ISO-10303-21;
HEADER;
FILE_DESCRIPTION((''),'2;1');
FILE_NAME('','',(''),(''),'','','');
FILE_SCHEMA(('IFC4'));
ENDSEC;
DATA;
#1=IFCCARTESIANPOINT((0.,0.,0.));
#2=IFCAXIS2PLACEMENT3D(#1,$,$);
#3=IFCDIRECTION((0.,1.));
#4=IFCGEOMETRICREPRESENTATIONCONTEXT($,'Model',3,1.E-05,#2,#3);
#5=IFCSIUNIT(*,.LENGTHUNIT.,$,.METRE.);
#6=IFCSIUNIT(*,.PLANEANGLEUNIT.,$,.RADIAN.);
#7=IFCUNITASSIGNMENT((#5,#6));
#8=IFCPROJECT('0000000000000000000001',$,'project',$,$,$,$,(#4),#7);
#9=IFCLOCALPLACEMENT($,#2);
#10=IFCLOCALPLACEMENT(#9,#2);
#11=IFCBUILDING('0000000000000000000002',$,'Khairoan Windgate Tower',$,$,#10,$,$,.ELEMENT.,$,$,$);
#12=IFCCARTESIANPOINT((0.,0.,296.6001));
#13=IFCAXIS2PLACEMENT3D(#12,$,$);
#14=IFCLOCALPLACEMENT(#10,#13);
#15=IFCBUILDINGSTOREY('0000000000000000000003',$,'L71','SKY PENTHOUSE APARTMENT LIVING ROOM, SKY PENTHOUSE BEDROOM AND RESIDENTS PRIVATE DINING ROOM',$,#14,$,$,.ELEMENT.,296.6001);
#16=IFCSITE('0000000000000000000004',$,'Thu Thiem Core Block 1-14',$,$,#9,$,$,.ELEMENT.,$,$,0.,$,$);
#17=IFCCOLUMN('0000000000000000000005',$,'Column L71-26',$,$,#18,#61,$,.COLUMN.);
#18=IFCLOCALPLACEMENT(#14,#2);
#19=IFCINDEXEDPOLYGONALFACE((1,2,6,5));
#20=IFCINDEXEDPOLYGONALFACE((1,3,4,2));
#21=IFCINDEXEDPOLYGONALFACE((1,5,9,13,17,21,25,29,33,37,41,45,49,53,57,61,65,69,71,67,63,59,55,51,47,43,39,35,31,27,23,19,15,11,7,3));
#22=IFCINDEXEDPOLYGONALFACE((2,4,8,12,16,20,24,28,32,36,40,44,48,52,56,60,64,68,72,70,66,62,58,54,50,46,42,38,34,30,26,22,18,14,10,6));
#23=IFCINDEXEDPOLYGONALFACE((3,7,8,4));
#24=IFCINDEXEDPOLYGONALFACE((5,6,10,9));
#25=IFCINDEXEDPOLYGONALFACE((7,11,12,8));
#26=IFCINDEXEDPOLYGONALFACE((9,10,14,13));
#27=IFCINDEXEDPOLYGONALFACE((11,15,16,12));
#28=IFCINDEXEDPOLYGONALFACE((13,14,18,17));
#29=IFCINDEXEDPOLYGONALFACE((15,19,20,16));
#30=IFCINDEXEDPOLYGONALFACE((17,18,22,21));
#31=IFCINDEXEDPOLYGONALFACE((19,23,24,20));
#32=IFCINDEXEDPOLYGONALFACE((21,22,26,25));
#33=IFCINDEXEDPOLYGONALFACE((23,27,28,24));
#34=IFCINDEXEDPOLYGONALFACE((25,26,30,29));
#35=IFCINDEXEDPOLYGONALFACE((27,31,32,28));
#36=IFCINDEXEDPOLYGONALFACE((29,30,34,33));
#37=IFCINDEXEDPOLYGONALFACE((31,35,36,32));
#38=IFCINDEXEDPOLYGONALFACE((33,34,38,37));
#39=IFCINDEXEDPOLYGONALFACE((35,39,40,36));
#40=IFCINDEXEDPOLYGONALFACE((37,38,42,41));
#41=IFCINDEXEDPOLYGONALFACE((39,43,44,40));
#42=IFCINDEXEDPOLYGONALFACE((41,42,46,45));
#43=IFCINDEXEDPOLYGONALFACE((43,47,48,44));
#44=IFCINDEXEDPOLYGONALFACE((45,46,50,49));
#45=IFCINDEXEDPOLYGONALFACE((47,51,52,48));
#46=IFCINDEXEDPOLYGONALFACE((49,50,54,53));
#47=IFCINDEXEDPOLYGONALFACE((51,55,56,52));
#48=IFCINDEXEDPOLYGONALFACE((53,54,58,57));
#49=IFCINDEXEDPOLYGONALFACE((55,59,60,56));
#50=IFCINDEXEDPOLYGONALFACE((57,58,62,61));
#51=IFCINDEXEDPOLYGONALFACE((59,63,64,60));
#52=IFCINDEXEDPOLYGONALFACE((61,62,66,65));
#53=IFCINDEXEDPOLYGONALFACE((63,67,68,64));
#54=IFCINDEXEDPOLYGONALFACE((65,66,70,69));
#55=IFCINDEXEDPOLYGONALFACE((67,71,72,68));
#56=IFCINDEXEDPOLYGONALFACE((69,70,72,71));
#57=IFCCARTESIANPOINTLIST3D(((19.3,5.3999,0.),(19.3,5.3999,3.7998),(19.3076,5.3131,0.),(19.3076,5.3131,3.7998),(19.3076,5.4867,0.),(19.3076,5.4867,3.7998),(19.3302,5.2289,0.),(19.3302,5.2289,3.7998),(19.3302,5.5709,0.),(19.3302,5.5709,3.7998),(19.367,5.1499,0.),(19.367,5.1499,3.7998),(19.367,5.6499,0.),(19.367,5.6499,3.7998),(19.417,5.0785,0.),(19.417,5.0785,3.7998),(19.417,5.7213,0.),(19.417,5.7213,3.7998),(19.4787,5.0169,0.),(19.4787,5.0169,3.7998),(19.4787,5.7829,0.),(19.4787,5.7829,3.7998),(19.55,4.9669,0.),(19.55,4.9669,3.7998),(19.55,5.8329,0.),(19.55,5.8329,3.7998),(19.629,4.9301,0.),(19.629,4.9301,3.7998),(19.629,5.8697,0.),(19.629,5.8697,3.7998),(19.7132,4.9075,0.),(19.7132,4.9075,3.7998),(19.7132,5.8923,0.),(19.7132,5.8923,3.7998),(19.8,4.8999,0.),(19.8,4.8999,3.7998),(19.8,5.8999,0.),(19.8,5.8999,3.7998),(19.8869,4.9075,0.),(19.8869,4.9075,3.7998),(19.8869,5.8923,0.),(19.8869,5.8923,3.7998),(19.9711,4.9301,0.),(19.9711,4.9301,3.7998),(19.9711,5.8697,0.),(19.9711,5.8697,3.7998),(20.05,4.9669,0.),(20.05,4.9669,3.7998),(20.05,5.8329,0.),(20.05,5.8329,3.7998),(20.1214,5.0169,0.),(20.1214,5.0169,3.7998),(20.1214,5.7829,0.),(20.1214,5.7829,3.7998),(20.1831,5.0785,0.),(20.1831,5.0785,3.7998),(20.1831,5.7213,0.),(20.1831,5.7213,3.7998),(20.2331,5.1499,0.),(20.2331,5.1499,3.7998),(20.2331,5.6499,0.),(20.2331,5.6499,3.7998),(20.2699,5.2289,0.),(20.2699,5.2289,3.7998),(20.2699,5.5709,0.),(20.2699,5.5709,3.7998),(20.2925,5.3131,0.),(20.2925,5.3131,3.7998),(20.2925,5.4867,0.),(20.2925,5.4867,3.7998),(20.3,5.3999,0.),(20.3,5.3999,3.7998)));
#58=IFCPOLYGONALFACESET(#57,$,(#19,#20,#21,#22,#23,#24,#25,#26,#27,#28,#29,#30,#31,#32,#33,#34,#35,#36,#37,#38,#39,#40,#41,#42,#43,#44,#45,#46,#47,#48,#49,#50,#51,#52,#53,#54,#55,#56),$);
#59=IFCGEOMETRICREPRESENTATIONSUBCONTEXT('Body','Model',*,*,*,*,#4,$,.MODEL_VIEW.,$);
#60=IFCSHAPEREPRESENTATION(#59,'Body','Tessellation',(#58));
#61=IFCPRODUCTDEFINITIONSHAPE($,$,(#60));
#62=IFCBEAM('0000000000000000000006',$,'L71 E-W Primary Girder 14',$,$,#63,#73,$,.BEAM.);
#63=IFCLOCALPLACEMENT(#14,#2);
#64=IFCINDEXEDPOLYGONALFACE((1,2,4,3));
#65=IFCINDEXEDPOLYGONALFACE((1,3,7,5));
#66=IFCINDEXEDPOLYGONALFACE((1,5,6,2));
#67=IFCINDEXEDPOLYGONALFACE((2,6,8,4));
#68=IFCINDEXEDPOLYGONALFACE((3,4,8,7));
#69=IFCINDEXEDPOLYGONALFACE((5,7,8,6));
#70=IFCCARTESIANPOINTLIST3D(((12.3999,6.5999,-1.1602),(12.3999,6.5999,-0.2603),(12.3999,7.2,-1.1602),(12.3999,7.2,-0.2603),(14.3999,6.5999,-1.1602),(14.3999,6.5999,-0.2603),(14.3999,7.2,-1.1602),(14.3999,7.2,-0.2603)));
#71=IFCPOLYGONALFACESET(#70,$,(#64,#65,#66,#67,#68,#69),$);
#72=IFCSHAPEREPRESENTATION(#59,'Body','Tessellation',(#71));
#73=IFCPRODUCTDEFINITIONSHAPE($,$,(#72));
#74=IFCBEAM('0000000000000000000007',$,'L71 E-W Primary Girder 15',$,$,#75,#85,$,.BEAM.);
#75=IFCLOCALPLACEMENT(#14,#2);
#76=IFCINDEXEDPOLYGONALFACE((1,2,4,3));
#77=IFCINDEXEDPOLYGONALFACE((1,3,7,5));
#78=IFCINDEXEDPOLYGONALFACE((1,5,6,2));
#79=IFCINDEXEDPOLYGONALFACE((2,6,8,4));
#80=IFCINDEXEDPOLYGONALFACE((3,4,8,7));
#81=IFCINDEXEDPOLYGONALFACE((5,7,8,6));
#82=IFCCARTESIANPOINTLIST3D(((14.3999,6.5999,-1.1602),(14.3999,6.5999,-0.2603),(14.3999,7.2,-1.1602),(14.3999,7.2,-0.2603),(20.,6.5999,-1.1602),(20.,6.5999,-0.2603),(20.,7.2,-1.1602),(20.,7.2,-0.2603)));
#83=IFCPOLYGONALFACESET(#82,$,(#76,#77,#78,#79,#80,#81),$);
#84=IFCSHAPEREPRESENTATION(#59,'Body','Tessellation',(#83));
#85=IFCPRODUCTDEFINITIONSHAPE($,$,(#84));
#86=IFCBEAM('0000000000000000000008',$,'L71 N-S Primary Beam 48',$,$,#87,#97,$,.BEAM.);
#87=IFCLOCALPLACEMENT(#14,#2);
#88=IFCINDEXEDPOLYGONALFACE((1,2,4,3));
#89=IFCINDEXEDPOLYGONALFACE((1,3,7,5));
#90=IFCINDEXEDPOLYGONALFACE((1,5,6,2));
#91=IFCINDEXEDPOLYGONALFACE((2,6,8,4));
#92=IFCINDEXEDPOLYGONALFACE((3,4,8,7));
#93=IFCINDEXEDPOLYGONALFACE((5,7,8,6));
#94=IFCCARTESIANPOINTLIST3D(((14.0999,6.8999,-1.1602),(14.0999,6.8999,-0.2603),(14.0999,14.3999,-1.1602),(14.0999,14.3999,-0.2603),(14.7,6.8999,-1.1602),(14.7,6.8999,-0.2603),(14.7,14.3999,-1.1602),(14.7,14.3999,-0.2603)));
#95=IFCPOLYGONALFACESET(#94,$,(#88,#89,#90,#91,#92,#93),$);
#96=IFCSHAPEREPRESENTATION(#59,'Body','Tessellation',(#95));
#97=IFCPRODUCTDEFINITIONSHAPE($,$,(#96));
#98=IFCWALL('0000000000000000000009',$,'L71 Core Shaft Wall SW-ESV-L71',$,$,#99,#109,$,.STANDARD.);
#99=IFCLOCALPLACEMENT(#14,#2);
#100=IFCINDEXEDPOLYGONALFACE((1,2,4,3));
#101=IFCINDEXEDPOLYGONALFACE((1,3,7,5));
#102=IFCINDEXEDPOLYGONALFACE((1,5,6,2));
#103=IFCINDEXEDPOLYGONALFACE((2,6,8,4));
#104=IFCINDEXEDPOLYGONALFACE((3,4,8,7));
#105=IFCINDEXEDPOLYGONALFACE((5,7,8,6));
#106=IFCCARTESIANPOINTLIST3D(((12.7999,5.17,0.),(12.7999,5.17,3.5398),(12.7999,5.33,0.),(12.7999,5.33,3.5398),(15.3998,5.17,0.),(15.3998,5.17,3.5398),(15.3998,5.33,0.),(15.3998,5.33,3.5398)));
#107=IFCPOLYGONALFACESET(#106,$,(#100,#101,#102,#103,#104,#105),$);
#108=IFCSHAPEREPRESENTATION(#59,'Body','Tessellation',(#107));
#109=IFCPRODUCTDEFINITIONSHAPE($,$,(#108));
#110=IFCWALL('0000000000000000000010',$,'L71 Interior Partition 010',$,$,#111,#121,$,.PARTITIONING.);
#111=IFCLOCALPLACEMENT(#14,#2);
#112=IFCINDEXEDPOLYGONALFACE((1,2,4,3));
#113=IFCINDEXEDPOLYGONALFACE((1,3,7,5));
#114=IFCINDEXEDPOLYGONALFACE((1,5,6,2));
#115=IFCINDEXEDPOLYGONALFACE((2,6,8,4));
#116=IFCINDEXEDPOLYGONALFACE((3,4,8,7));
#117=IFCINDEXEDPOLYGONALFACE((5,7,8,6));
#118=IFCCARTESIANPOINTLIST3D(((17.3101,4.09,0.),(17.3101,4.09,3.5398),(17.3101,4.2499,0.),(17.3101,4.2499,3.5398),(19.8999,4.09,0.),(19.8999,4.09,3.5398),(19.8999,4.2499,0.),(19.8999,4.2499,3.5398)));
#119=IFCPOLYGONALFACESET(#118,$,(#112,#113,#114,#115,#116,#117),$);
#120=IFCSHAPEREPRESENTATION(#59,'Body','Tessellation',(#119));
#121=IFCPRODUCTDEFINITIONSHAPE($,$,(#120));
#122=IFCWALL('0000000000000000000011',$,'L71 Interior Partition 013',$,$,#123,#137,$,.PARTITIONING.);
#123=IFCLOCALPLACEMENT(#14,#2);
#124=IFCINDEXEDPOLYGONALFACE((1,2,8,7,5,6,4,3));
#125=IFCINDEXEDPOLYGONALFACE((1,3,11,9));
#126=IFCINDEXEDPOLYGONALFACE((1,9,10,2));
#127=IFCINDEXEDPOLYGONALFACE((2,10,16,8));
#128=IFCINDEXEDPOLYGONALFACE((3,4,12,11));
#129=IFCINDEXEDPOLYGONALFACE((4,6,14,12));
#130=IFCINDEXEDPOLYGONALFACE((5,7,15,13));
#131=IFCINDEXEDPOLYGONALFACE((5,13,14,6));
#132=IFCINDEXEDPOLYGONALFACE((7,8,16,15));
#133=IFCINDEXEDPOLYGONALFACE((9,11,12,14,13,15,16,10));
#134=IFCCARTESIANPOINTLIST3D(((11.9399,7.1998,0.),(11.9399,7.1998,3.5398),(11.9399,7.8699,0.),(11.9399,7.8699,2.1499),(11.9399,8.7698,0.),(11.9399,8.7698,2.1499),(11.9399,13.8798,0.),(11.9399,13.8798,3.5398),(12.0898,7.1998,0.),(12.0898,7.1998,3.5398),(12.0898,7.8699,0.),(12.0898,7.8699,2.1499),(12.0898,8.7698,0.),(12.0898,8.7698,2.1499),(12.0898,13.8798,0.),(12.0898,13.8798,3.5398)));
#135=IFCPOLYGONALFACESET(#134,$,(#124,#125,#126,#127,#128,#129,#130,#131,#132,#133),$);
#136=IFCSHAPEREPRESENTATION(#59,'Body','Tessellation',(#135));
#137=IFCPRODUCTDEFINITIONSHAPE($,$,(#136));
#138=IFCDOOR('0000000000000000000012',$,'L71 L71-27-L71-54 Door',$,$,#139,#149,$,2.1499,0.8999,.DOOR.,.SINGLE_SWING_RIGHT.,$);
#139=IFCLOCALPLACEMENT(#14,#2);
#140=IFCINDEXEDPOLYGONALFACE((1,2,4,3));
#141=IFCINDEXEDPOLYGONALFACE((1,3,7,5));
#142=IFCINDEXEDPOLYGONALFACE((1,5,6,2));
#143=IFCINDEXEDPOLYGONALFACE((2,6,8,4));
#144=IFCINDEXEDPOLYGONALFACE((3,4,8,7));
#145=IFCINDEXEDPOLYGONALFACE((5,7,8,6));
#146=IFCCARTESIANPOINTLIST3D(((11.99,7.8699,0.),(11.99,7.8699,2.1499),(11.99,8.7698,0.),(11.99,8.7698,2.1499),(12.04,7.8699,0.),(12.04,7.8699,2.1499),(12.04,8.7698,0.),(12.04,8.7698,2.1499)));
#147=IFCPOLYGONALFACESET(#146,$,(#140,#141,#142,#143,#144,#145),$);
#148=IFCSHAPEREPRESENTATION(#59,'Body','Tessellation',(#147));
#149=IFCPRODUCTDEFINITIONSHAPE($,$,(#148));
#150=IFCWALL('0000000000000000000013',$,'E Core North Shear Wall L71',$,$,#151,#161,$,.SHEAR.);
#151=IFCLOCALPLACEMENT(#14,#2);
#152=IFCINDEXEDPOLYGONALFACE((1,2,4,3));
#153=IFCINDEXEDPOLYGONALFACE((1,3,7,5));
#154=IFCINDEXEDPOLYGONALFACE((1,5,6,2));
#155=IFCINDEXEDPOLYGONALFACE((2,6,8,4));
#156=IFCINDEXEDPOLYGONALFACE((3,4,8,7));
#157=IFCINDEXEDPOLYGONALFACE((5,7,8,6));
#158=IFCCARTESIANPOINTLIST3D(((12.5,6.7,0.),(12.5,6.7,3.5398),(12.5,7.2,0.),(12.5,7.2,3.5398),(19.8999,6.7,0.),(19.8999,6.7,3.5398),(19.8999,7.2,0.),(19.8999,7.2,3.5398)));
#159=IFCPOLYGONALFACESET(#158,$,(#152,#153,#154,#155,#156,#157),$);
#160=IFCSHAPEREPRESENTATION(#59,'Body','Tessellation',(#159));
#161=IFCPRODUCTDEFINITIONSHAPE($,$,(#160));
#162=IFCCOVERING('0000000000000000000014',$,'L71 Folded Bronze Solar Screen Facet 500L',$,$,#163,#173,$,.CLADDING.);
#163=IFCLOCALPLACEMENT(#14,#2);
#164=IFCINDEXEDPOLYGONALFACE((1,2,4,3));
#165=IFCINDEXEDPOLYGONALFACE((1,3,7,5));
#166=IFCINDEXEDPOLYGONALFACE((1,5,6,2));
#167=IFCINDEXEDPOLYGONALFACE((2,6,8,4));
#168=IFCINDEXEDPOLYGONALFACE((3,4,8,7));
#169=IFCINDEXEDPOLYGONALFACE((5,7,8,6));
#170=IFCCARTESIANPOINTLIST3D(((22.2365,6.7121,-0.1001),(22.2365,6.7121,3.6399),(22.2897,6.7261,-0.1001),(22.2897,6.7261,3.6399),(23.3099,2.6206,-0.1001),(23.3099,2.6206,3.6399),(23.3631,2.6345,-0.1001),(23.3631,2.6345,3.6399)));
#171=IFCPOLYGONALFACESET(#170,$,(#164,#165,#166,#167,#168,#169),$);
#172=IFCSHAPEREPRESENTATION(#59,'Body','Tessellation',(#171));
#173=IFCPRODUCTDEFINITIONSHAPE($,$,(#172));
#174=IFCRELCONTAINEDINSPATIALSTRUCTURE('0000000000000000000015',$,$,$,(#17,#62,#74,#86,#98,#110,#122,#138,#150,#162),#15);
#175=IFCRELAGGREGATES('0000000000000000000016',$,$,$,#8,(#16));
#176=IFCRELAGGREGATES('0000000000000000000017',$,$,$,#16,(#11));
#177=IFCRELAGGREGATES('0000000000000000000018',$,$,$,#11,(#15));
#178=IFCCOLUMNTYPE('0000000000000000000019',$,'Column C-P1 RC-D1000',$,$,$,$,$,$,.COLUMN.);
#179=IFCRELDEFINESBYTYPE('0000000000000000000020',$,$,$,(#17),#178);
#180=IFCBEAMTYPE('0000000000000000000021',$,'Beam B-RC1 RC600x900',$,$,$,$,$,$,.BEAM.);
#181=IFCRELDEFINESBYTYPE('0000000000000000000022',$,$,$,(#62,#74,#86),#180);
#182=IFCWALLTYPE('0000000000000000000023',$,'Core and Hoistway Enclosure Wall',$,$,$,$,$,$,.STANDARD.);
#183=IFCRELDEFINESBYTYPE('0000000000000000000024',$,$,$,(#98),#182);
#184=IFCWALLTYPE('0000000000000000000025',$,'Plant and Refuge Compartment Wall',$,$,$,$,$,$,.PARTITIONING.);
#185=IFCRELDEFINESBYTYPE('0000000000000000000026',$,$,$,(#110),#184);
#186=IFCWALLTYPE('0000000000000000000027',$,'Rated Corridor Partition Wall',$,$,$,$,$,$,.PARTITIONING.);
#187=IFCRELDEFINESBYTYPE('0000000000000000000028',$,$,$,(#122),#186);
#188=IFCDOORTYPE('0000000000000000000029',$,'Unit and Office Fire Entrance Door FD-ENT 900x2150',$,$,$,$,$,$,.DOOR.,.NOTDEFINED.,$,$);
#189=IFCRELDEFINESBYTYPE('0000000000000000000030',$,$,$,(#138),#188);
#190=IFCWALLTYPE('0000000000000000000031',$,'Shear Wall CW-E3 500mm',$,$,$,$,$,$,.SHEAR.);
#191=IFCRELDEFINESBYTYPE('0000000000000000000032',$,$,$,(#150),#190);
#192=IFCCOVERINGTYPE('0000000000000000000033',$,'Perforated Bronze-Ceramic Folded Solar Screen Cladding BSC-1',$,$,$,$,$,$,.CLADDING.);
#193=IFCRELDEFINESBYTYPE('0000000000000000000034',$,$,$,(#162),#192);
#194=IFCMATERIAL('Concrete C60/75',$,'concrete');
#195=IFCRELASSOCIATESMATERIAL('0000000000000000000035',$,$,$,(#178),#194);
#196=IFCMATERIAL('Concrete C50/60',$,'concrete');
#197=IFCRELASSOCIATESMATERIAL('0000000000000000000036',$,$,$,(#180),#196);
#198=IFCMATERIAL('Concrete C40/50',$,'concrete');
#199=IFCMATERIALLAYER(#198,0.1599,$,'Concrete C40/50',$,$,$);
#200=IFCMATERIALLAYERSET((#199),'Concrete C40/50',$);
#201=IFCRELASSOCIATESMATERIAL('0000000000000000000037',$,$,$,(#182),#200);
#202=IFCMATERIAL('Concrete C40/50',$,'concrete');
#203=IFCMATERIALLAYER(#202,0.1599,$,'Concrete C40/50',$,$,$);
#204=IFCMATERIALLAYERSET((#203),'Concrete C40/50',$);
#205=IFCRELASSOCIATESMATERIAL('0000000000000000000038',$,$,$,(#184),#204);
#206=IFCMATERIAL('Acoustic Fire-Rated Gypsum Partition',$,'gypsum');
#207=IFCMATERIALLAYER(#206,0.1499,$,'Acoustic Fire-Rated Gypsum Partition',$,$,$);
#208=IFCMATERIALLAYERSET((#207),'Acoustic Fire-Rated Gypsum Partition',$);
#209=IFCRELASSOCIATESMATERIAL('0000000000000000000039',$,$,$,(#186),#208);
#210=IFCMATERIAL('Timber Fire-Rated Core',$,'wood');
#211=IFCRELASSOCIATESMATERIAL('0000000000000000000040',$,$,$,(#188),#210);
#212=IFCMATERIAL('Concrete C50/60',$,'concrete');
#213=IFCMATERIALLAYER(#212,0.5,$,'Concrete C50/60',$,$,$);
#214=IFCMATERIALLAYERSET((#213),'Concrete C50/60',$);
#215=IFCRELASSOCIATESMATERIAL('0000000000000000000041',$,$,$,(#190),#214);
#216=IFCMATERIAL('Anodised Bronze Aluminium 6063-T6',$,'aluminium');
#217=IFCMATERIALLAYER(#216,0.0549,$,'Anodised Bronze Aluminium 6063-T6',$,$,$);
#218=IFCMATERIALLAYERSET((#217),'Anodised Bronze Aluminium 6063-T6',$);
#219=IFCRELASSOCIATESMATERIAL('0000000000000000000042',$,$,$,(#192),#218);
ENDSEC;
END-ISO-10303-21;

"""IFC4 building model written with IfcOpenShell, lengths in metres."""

from ifc_helpers import new_model, si_unit, direction, frame, frame_2d, origin, origin_2d, place, context, subcontext, project, spatial, rectangle, circle, extrude, material, layer, layer_set, material_profile, profile_set, type_object, element, fill, save


model = new_model("IFC4")

# Units and contexts
model_context = context("Model", 3, precision=1e-05, world=origin(), true_north=direction((0.0, 1.0)))
body_context = subcontext(model_context, "Body", "Model", "MODEL_VIEW")
ifc_project = project(units=[si_unit("LENGTHUNIT", "METRE"), si_unit("PLANEANGLEUNIT", "RADIAN")], contexts=[model_context])

# Site, building, storey
site_placement = place(None, origin())
site = spatial("IfcSite", under=ifc_project, at=site_placement, Name="Thu Thiem Core Block 1-14", CompositionType="ELEMENT", RefElevation=0.0)
building_placement = place(site_placement, origin())
building = spatial("IfcBuilding", under=site, at=building_placement, Name="Khairoan Windgate Tower", CompositionType="ELEMENT")
storey_placement = place(building_placement, frame((0.0, 0.0, 296.6001)))
storey = spatial("IfcBuildingStorey", under=building, at=storey_placement, Name="L71", Description="SKY PENTHOUSE APARTMENT LIVING ROOM, SKY PENTHOUSE BEDROOM AND RESIDENTS PRIVATE DINING ROOM", CompositionType="ELEMENT", Elevation=296.6001)

# Column
ifc_material_1 = material(Name="Concrete C60/75", Category="concrete")
ifc_material_profile_1 = material_profile(ifc_material_1, circle(Radius=0.5, at=origin_2d()))
ifc_profile_set_1 = profile_set([ifc_material_profile_1], Name="Concrete C60/75")
column_type = type_object("IfcColumnType", Name="Column C-P1 RC-D1000", PredefinedType="COLUMN", material=ifc_profile_set_1)
column_placement = place(storey_placement, frame((19.8, 5.3999, 0.0), z_axis=(0.0, 0.0, 1.0), x_axis=(1.0, 0.0, 0.0)))
element("IfcColumn", 1, at=column_placement, inside=storey, type_object=column_type, Name="Column L71-26", PredefinedType="COLUMN", context=body_context, shape_type="SweptSolid", body=[
    extrude(circle(Radius=0.5, at=origin_2d()), origin(), (0.0, 0.0, 1.0), 3.7998),
])

# Beams
ifc_material_2 = material(Name="Concrete C50/60", Category="concrete")
ifc_material_profile_2 = material_profile(ifc_material_2, rectangle(XDim=0.6001, YDim=0.8999, at=origin_2d()))
ifc_profile_set_2 = profile_set([ifc_material_profile_2], Name="Concrete C50/60")
beam_type = type_object("IfcBeamType", Name="Beam B-RC1 RC600x900", PredefinedType="BEAM", material=ifc_profile_set_2)
beam_1_placement = place(storey_placement, frame((12.3999, 6.8999, -0.7102), z_axis=(1.0, 0.0, 0.0), x_axis=(0.0, 1.0, 0.0)))
element("IfcBeam", 2, at=beam_1_placement, inside=storey, type_object=beam_type, Name="L71 E-W Primary Girder 14", PredefinedType="BEAM", context=body_context, shape_type="SweptSolid", body=[
    extrude(rectangle(XDim=0.6001, YDim=0.8999, at=origin_2d()), origin(), (0.0, 0.0, 1.0), 2.0),
])
beam_2_placement = place(storey_placement, frame((14.3999, 6.8999, -0.7102), z_axis=(1.0, 0.0, 0.0), x_axis=(0.0, 1.0, 0.0)))
element("IfcBeam", 3, at=beam_2_placement, inside=storey, type_object=beam_type, Name="L71 E-W Primary Girder 15", PredefinedType="BEAM", context=body_context, shape_type="SweptSolid", body=[
    extrude(rectangle(XDim=0.6001, YDim=0.8999, at=origin_2d()), origin(), (0.0, 0.0, 1.0), 5.6001),
])
beam_3_placement = place(storey_placement, frame((14.3999, 6.8999, -0.7102), z_axis=(0.0, 1.0, 0.0), x_axis=(-1.0, 0.0, 0.0)))
element("IfcBeam", 4, at=beam_3_placement, inside=storey, type_object=beam_type, Name="L71 N-S Primary Beam 48", PredefinedType="BEAM", context=body_context, shape_type="SweptSolid", body=[
    extrude(rectangle(XDim=0.6001, YDim=0.8999, at=origin_2d()), origin(), (0.0, 0.0, 1.0), 7.5),
])

# Walls
ifc_material_3 = material(Name="Concrete C40/50", Category="concrete")
ifc_layer_1 = layer(ifc_material_3, 0.1599, Name="Concrete C40/50")
ifc_layer_set_1 = layer_set([ifc_layer_1], Name="Concrete C40/50")
wall_type_1 = type_object("IfcWallType", Name="Core and Hoistway Enclosure Wall", PredefinedType="STANDARD", material=ifc_layer_set_1)
wall_1_placement = place(storey_placement, frame((12.8, 5.25, 0.0), z_axis=(0.0, 0.0, 1.0), x_axis=(1.0, 0.0, 0.0)))
element("IfcWall", 5, at=wall_1_placement, inside=storey, type_object=wall_type_1, Name="L71 Core Shaft Wall SW-ESV-L71", PredefinedType="STANDARD", context=body_context, shape_type="SweptSolid", body=[
    extrude(rectangle(XDim=2.5999, YDim=0.1599, at=frame_2d((1.2998, 0.0))), origin(), (0.0, 0.0, 1.0), 3.5398),
])
ifc_material_4 = material(Name="Concrete C40/50", Category="concrete")
ifc_layer_2 = layer(ifc_material_4, 0.1599, Name="Concrete C40/50")
ifc_layer_set_2 = layer_set([ifc_layer_2], Name="Concrete C40/50")
wall_type_2 = type_object("IfcWallType", Name="Plant and Refuge Compartment Wall", PredefinedType="PARTITIONING", material=ifc_layer_set_2)
wall_2_placement = place(storey_placement, frame((17.3101, 4.1699, 0.0), z_axis=(0.0, 0.0, 1.0), x_axis=(1.0, 0.0, 0.0)))
element("IfcWall", 6, at=wall_2_placement, inside=storey, type_object=wall_type_2, Name="L71 Interior Partition 010", PredefinedType="PARTITIONING", context=body_context, shape_type="SweptSolid", body=[
    extrude(rectangle(XDim=2.5898, YDim=0.1599, at=frame_2d((1.2949, 0.0))), origin(), (0.0, 0.0, 1.0), 3.5398),
])

# Wall, opening, door
ifc_material_5 = material(Name="Acoustic Fire-Rated Gypsum Partition", Category="gypsum")
ifc_layer_3 = layer(ifc_material_5, 0.1499, Name="Acoustic Fire-Rated Gypsum Partition")
ifc_layer_set_3 = layer_set([ifc_layer_3], Name="Acoustic Fire-Rated Gypsum Partition")
wall_type_3 = type_object("IfcWallType", Name="Rated Corridor Partition Wall", PredefinedType="PARTITIONING", material=ifc_layer_set_3)
wall_3_placement = place(storey_placement, frame((12.0149, 7.2, 0.0), z_axis=(0.0, 0.0, 1.0), x_axis=(0.0, 1.0, 0.0)))
wall_3 = element("IfcWall", 7, at=wall_3_placement, inside=storey, type_object=wall_type_3, Name="L71 Interior Partition 013", PredefinedType="PARTITIONING", context=body_context, shape_type="SweptSolid", body=[
    extrude(rectangle(XDim=6.6799, YDim=0.1499, at=frame_2d((3.3398, 0.0))), origin(), (0.0, 0.0, 1.0), 3.5398),
])
opening_placement = place(wall_3_placement, frame((0.6699, 0.0, 0.0)))
opening = element("IfcOpeningElement", 8, at=opening_placement, cuts=wall_3, PredefinedType="OPENING", context=body_context, shape_type="SweptSolid", body=[
    extrude(rectangle(XDim=0.8999, YDim=2.1499, at=frame_2d((0.45, 1.075))), frame((0.0, 0.085, 0.0), z_axis=(0.0, -1.0, 0.0), x_axis=(1.0, 0.0, 0.0)), (0.0, 0.0, 1.0), 0.1699),
])
ifc_material_6 = material(Name="Timber Fire-Rated Core", Category="wood")
door_type = type_object("IfcDoorType", Name="Unit and Office Fire Entrance Door FD-ENT 900x2150", OperationType="NOTDEFINED", PredefinedType="DOOR", material=ifc_material_6)
door_placement = place(opening_placement, origin())
door = element("IfcDoor", 9, at=door_placement, inside=storey, type_object=door_type, Name="L71 L71-27-L71-54 Door", OperationType="SINGLE_SWING_RIGHT", OverallHeight=2.1499, OverallWidth=0.8999, PredefinedType="DOOR", context=body_context, shape_type="SweptSolid", body=[
    extrude(rectangle(XDim=0.8999, YDim=2.1499, at=frame_2d((0.45, 1.075))), frame((0.0, 0.0249, 0.0), z_axis=(0.0, -1.0, 0.0), x_axis=(1.0, 0.0, 0.0)), (0.0, 0.0, 1.0), 0.05),
])
fill(opening, door)

# Wall
ifc_material_7 = material(Name="Concrete C50/60", Category="concrete")
ifc_layer_4 = layer(ifc_material_7, 0.5, Name="Concrete C50/60")
ifc_layer_set_4 = layer_set([ifc_layer_4], Name="Concrete C50/60")
wall_type_4 = type_object("IfcWallType", Name="Shear Wall CW-E3 500mm", PredefinedType="SHEAR", material=ifc_layer_set_4)
wall_4_placement = place(storey_placement, frame((12.5, 6.95, 0.0), z_axis=(0.0, 0.0, 1.0), x_axis=(1.0, 0.0, 0.0)))
element("IfcWall", 10, at=wall_4_placement, inside=storey, type_object=wall_type_4, Name="E Core North Shear Wall L71", PredefinedType="SHEAR", context=body_context, shape_type="SweptSolid", body=[
    extrude(rectangle(XDim=7.3999, YDim=0.5, at=frame_2d((3.7, 0.0))), origin(), (0.0, 0.0, 1.0), 3.5398),
])

# Covering
ifc_material_8 = material(Name="Anodised Bronze Aluminium 6063-T6", Category="aluminium")
ifc_layer_5 = layer(ifc_material_8, 0.0549, Name="Anodised Bronze Aluminium 6063-T6")
ifc_layer_set_5 = layer_set([ifc_layer_5], Name="Anodised Bronze Aluminium 6063-T6")
covering_type = type_object("IfcCoveringType", Name="Perforated Bronze-Ceramic Folded Solar Screen Cladding BSC-1", PredefinedType="CLADDING", material=ifc_layer_set_5)
covering_placement = place(storey_placement, frame((22.7998, 4.6733, -0.1001), z_axis=(0.0, 0.0, 1.0), x_axis=(0.253758, -0.967268, 0.0)))
element("IfcCovering", 11, at=covering_placement, inside=storey, type_object=covering_type, Name="L71 Folded Bronze Solar Screen Facet 500L", PredefinedType="CLADDING", context=body_context, shape_type="SweptSolid", body=[
    extrude(rectangle(XDim=4.23, YDim=0.0549, at=origin_2d()), origin(), (0.0, 0.0, 1.0), 3.74),
])

save(model, "model.ifc")
